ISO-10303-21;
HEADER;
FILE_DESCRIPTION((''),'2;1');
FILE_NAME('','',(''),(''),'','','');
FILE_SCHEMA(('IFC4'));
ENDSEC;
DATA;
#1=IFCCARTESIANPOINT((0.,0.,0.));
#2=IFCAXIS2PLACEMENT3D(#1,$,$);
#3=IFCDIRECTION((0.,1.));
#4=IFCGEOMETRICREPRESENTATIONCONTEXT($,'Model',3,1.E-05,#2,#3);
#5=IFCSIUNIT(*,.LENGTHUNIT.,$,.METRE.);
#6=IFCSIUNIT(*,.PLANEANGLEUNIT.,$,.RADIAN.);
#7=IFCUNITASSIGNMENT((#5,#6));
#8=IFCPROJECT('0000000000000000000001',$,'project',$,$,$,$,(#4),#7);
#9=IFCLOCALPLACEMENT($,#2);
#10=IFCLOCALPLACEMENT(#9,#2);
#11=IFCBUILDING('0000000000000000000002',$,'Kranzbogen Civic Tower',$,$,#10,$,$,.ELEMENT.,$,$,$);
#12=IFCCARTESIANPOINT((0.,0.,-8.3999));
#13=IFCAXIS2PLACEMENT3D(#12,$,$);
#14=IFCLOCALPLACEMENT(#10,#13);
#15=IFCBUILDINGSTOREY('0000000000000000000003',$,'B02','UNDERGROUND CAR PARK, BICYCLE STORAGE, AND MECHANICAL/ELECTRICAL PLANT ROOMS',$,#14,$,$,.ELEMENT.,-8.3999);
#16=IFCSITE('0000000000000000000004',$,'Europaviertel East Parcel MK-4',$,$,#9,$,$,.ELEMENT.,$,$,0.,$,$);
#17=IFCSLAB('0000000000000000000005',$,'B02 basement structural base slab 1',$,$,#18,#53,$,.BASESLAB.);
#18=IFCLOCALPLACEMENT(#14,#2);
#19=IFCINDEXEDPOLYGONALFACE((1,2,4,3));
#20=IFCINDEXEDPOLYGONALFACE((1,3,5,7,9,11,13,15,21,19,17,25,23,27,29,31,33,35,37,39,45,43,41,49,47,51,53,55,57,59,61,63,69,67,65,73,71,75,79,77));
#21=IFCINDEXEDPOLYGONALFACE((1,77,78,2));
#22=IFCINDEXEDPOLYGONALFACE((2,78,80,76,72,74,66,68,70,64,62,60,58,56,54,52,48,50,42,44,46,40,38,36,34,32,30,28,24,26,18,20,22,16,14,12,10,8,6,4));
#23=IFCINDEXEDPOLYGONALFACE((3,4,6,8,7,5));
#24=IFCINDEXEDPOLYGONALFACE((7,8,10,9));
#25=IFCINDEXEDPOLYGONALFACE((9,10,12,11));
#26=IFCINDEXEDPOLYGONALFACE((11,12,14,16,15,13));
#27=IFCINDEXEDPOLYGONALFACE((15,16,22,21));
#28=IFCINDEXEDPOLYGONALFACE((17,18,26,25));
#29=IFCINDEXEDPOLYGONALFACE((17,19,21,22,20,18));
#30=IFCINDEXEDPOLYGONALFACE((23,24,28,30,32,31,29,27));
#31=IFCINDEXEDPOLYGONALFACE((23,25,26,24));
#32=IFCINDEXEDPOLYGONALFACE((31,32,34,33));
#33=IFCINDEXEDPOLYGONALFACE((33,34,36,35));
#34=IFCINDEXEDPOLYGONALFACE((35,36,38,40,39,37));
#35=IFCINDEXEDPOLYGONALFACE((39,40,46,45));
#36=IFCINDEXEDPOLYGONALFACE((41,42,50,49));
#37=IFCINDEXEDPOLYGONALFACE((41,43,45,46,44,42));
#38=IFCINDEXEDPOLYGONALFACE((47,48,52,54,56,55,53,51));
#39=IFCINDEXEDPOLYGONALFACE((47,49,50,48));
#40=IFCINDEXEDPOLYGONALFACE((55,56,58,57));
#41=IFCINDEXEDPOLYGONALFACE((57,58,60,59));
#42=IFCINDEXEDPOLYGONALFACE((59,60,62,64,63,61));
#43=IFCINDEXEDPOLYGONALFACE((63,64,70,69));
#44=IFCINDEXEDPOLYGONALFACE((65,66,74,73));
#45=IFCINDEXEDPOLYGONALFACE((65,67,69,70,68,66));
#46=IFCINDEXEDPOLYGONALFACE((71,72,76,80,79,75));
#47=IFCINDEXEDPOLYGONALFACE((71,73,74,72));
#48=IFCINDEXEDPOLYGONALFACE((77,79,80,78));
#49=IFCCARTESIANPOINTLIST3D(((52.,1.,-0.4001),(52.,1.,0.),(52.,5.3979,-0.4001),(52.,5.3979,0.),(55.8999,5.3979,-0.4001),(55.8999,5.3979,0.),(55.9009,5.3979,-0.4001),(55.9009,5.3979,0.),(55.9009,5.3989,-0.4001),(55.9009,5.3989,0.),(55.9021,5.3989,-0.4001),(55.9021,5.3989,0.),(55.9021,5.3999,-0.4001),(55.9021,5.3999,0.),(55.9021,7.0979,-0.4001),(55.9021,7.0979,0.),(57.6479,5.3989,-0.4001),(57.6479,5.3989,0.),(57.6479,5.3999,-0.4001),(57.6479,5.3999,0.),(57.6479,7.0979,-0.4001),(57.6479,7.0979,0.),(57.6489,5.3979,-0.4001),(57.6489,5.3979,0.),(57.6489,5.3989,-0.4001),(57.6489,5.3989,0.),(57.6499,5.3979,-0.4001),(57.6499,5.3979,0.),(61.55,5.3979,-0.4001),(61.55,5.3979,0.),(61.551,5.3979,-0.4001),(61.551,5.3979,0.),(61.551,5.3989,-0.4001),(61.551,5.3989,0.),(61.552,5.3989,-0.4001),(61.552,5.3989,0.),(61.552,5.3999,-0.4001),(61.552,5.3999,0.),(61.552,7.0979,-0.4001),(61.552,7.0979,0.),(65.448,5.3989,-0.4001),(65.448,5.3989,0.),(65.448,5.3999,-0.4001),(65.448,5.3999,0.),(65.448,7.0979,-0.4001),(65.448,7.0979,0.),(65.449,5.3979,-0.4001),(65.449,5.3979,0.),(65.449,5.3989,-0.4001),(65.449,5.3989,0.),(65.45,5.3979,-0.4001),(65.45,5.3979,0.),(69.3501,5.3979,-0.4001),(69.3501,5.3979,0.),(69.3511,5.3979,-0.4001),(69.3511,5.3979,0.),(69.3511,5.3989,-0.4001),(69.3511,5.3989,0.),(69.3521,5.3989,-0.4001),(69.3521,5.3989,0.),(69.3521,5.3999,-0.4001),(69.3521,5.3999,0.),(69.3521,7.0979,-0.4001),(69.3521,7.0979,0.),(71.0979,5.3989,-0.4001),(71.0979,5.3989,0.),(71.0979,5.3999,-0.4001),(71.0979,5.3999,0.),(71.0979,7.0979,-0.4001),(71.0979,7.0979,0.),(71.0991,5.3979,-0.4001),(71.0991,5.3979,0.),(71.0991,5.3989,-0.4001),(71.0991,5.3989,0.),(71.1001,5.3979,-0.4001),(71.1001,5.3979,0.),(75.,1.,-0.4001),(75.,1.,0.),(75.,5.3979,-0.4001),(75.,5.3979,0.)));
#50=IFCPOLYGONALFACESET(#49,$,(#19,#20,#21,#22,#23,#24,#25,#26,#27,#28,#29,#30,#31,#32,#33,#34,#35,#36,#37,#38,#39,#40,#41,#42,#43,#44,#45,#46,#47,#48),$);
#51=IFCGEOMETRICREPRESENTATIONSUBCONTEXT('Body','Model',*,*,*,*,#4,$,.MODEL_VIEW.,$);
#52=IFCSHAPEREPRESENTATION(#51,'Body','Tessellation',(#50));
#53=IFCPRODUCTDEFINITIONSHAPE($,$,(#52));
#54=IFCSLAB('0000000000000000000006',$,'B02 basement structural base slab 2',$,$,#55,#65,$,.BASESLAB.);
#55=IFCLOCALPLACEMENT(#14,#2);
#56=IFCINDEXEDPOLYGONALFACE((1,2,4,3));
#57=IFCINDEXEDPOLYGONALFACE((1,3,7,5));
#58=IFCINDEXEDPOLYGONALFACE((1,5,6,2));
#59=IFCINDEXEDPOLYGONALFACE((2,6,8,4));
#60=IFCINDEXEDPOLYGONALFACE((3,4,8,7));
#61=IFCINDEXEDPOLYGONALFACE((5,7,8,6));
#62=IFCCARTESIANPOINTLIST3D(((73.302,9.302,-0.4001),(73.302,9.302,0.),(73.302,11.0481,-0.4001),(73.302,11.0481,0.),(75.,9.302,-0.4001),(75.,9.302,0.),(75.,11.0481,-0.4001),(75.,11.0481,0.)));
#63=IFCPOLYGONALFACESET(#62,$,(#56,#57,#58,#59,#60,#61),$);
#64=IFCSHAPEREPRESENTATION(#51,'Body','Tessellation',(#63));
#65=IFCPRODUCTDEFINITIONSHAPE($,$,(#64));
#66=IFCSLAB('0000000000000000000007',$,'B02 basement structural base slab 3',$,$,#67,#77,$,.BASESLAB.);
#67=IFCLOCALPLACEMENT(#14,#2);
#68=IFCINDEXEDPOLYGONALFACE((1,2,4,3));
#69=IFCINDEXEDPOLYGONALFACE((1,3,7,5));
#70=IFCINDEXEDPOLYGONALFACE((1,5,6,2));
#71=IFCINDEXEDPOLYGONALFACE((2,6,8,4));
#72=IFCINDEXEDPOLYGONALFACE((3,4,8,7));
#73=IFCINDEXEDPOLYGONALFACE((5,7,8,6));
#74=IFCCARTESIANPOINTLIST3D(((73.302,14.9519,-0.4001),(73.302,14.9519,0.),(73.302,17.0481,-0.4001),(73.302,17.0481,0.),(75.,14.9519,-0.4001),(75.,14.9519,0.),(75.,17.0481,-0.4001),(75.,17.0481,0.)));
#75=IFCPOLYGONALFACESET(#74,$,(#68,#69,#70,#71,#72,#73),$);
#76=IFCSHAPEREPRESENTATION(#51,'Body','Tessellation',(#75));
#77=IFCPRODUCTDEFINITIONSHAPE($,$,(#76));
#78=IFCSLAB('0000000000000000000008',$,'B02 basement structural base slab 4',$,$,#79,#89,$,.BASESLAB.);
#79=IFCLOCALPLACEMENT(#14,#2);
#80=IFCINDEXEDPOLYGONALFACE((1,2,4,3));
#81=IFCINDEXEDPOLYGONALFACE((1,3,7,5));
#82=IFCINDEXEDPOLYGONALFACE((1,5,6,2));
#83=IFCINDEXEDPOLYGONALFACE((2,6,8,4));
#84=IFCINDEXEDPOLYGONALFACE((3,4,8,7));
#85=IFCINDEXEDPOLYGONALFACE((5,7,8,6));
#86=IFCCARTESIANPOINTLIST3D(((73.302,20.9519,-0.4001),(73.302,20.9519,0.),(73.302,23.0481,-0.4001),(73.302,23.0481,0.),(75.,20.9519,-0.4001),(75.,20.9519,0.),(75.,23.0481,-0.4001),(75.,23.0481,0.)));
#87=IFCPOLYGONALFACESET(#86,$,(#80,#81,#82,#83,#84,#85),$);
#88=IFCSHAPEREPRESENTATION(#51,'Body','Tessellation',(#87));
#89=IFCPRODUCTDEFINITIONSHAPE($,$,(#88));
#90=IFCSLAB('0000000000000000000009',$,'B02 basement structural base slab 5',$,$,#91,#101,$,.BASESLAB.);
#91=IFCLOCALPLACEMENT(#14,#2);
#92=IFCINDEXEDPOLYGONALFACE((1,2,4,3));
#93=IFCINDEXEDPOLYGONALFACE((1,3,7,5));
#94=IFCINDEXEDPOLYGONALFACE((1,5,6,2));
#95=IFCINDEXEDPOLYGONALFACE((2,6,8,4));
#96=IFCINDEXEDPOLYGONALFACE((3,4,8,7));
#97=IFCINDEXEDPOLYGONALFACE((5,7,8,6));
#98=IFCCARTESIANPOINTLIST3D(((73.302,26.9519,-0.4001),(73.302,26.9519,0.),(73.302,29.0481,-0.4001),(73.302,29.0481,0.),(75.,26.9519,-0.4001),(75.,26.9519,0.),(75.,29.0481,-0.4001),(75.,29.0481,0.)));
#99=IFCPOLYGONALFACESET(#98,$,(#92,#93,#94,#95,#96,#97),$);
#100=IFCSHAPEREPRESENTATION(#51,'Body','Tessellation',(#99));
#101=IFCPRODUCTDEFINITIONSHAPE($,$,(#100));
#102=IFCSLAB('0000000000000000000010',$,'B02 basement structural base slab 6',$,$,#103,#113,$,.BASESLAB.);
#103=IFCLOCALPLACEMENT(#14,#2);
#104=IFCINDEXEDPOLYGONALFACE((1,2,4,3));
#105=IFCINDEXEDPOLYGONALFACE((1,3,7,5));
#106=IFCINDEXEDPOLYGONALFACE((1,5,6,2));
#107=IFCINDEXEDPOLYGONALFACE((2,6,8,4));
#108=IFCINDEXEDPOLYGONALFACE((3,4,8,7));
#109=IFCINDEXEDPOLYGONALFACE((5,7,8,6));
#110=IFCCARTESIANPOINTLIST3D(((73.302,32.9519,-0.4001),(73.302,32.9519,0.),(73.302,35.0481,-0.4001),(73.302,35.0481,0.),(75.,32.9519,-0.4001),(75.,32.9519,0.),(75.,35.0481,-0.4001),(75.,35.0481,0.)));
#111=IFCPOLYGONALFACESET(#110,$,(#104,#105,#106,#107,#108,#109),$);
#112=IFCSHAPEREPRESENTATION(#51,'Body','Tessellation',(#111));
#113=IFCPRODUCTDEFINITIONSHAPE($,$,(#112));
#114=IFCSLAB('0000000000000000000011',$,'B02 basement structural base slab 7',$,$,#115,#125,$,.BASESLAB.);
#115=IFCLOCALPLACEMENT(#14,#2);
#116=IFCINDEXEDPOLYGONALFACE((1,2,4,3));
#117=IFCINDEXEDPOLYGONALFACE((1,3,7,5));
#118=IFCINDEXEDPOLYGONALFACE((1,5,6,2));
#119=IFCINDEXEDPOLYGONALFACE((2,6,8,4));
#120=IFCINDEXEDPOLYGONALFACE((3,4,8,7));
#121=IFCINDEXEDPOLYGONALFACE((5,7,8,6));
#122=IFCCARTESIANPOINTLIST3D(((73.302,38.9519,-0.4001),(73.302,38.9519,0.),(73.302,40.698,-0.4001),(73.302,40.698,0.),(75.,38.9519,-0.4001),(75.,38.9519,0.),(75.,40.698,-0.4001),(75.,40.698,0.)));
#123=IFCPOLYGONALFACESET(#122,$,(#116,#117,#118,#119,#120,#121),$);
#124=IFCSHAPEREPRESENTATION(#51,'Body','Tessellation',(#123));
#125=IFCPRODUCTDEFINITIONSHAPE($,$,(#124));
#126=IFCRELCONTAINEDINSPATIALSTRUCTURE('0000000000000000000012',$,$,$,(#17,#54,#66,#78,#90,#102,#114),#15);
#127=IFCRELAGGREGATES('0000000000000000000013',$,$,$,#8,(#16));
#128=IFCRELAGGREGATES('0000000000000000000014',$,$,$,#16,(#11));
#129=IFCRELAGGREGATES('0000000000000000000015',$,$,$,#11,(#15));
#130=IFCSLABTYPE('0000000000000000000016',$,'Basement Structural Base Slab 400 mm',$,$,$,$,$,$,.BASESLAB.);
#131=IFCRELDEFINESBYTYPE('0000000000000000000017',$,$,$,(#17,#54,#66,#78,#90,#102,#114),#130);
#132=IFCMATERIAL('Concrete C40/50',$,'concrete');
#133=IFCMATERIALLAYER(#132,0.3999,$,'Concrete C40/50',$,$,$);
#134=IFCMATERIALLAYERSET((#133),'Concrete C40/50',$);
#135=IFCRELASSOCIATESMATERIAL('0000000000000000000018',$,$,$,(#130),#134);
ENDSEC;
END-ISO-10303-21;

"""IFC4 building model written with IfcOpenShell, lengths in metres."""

from ifc_helpers import new_model, si_unit, direction, frame, origin, place, context, subcontext, project, spatial, polyline, outline, extrude, material, layer, layer_set, type_object, element, save


model = new_model("IFC4")

# Units and contexts
model_context = context("Model", 3, precision=1e-05, world=origin(), true_north=direction((0.0, 1.0)))
body_context = subcontext(model_context, "Body", "Model", "MODEL_VIEW")
ifc_project = project(units=[si_unit("LENGTHUNIT", "METRE"), si_unit("PLANEANGLEUNIT", "RADIAN")], contexts=[model_context])

# Site, building, storey
site_placement = place(None, origin())
site = spatial("IfcSite", under=ifc_project, at=site_placement, Name="Europaviertel East Parcel MK-4", CompositionType="ELEMENT", RefElevation=0.0)
building_placement = place(site_placement, origin())
building = spatial("IfcBuilding", under=site, at=building_placement, Name="Kranzbogen Civic Tower", CompositionType="ELEMENT")
storey_placement = place(building_placement, frame((0.0, 0.0, -8.3999)))
storey = spatial("IfcBuildingStorey", under=building, at=storey_placement, Name="B02", Description="UNDERGROUND CAR PARK, BICYCLE STORAGE, AND MECHANICAL/ELECTRICAL PLANT ROOMS", CompositionType="ELEMENT", Elevation=-8.3999)

# Shared definitions
ifc_material = material(Name="Concrete C40/50", Category="concrete")

# Slabs
ifc_layer_1 = layer(ifc_material, 0.3999, Name="Concrete C40/50")
ifc_layer_set_1 = layer_set([ifc_layer_1], Name="Concrete C40/50")
slab_type = type_object("IfcSlabType", Name="Basement Structural Base Slab 400 mm", PredefinedType="BASESLAB", material=ifc_layer_set_1)
slab_1_placement = place(storey_placement, frame((0.0, 0.0, -0.4001)))
element("IfcSlab", 1, at=slab_1_placement, inside=storey, type_object=slab_type, Name="B02 basement structural base slab 1", PredefinedType="BASESLAB", context=body_context, shape_type="SweptSolid", body=[
    extrude(outline(polyline([(75.0, 5.3979), (71.1001, 5.3979), (71.1001, 5.3979), (71.1001, 5.3979), (71.0991, 5.3979), (71.0991, 5.3979), (71.0991, 5.3979), (71.0991, 5.3979), (71.0991, 5.3979), (71.0991, 5.3989), (71.0979, 5.3989), (71.0979, 5.3989), (71.0979, 5.3989), (71.0979, 5.3989), (71.0979, 5.3989), (71.0979, 5.3999), (71.0979, 5.3999), (71.0979, 5.3999), (71.0979, 7.0979), (69.3521, 7.0979), (69.3521, 5.3999), (69.3521, 5.3999), (69.3521, 5.3999), (69.3521, 5.3989), (69.3521, 5.3989), (69.3521, 5.3989), (69.3521, 5.3989), (69.3521, 5.3989), (69.3511, 5.3989), (69.3511, 5.3979), (69.3511, 5.3979), (69.3511, 5.3979), (69.3511, 5.3979), (69.3511, 5.3979), (69.3501, 5.3979), (69.3501, 5.3979), (69.3501, 5.3979), (65.45, 5.3979), (65.45, 5.3979), (65.45, 5.3979), (65.449, 5.3979), (65.449, 5.3979), (65.449, 5.3979), (65.449, 5.3979), (65.449, 5.3979), (65.449, 5.3989), (65.448, 5.3989), (65.448, 5.3989), (65.448, 5.3989), (65.448, 5.3989), (65.448, 5.3989), (65.448, 5.3999), (65.448, 5.3999), (65.448, 5.3999), (65.448, 7.0979), (61.552, 7.0979), (61.552, 5.3999), (61.552, 5.3999), (61.552, 5.3999), (61.552, 5.3989), (61.552, 5.3989), (61.552, 5.3989), (61.552, 5.3989), (61.552, 5.3989), (61.551, 5.3989), (61.551, 5.3979), (61.551, 5.3979), (61.551, 5.3979), (61.551, 5.3979), (61.551, 5.3979), (61.55, 5.3979), (61.55, 5.3979), (61.55, 5.3979), (57.6499, 5.3979), (57.6499, 5.3979), (57.6499, 5.3979), (57.6489, 5.3979), (57.6489, 5.3979), (57.6489, 5.3979), (57.6489, 5.3979), (57.6489, 5.3979), (57.6489, 5.3989), (57.6479, 5.3989), (57.6479, 5.3989), (57.6479, 5.3989), (57.6479, 5.3989), (57.6479, 5.3989), (57.6479, 5.3999), (57.6479, 5.3999), (57.6479, 5.3999), (57.6479, 7.0979), (55.9021, 7.0979), (55.9021, 5.3999), (55.9021, 5.3999), (55.9021, 5.3999), (55.9021, 5.3989), (55.9021, 5.3989), (55.9021, 5.3989), (55.9021, 5.3989), (55.9021, 5.3989), (55.9009, 5.3989), (55.9009, 5.3979), (55.9009, 5.3979), (55.9009, 5.3979), (55.9009, 5.3979), (55.9009, 5.3979), (55.8999, 5.3979), (55.8999, 5.3979), (55.8999, 5.3979), (52.0, 5.3979), (52.0, 1.0), (75.0, 1.0), (75.0, 5.3979)])), origin(), (0.0, 0.0, 1.0), 0.4001),
])
slab_2_placement = place(storey_placement, frame((0.0, 0.0, -0.4001)))
element("IfcSlab", 2, at=slab_2_placement, inside=storey, type_object=slab_type, Name="B02 basement structural base slab 2", PredefinedType="BASESLAB", context=body_context, shape_type="SweptSolid", body=[
    extrude(outline(polyline([(75.0, 11.0481), (73.302, 11.0481), (73.302, 9.302), (75.0, 9.302), (75.0, 11.0481)])), origin(), (0.0, 0.0, 1.0), 0.4001),
])
slab_3_placement = place(storey_placement, frame((0.0, 0.0, -0.4001)))
element("IfcSlab", 3, at=slab_3_placement, inside=storey, type_object=slab_type, Name="B02 basement structural base slab 3", PredefinedType="BASESLAB", context=body_context, shape_type="SweptSolid", body=[
    extrude(outline(polyline([(75.0, 17.0481), (73.302, 17.0481), (73.302, 14.9519), (75.0, 14.9519), (75.0, 17.0481)])), origin(), (0.0, 0.0, 1.0), 0.4001),
])
slab_4_placement = place(storey_placement, frame((0.0, 0.0, -0.4001)))
element("IfcSlab", 4, at=slab_4_placement, inside=storey, type_object=slab_type, Name="B02 basement structural base slab 4", PredefinedType="BASESLAB", context=body_context, shape_type="SweptSolid", body=[
    extrude(outline(polyline([(75.0, 23.0481), (73.302, 23.0481), (73.302, 20.9519), (75.0, 20.9519), (75.0, 23.0481)])), origin(), (0.0, 0.0, 1.0), 0.4001),
])
slab_5_placement = place(storey_placement, frame((0.0, 0.0, -0.4001)))
element("IfcSlab", 5, at=slab_5_placement, inside=storey, type_object=slab_type, Name="B02 basement structural base slab 5", PredefinedType="BASESLAB", context=body_context, shape_type="SweptSolid", body=[
    extrude(outline(polyline([(75.0, 29.0481), (73.302, 29.0481), (73.302, 26.9519), (75.0, 26.9519), (75.0, 29.0481)])), origin(), (0.0, 0.0, 1.0), 0.4001),
])
slab_6_placement = place(storey_placement, frame((0.0, 0.0, -0.4001)))
element("IfcSlab", 6, at=slab_6_placement, inside=storey, type_object=slab_type, Name="B02 basement structural base slab 6", PredefinedType="BASESLAB", context=body_context, shape_type="SweptSolid", body=[
    extrude(outline(polyline([(75.0, 35.0481), (73.302, 35.0481), (73.302, 32.9519), (75.0, 32.9519), (75.0, 35.0481)])), origin(), (0.0, 0.0, 1.0), 0.4001),
])
slab_7_placement = place(storey_placement, frame((0.0, 0.0, -0.4001)))
element("IfcSlab", 7, at=slab_7_placement, inside=storey, type_object=slab_type, Name="B02 basement structural base slab 7", PredefinedType="BASESLAB", context=body_context, shape_type="SweptSolid", body=[
    extrude(outline(polyline([(75.0, 40.698), (73.302, 40.698), (73.302, 38.9519), (75.0, 38.9519), (75.0, 40.698)])), origin(), (0.0, 0.0, 1.0), 0.4001),
])

save(model, "model.ifc")
